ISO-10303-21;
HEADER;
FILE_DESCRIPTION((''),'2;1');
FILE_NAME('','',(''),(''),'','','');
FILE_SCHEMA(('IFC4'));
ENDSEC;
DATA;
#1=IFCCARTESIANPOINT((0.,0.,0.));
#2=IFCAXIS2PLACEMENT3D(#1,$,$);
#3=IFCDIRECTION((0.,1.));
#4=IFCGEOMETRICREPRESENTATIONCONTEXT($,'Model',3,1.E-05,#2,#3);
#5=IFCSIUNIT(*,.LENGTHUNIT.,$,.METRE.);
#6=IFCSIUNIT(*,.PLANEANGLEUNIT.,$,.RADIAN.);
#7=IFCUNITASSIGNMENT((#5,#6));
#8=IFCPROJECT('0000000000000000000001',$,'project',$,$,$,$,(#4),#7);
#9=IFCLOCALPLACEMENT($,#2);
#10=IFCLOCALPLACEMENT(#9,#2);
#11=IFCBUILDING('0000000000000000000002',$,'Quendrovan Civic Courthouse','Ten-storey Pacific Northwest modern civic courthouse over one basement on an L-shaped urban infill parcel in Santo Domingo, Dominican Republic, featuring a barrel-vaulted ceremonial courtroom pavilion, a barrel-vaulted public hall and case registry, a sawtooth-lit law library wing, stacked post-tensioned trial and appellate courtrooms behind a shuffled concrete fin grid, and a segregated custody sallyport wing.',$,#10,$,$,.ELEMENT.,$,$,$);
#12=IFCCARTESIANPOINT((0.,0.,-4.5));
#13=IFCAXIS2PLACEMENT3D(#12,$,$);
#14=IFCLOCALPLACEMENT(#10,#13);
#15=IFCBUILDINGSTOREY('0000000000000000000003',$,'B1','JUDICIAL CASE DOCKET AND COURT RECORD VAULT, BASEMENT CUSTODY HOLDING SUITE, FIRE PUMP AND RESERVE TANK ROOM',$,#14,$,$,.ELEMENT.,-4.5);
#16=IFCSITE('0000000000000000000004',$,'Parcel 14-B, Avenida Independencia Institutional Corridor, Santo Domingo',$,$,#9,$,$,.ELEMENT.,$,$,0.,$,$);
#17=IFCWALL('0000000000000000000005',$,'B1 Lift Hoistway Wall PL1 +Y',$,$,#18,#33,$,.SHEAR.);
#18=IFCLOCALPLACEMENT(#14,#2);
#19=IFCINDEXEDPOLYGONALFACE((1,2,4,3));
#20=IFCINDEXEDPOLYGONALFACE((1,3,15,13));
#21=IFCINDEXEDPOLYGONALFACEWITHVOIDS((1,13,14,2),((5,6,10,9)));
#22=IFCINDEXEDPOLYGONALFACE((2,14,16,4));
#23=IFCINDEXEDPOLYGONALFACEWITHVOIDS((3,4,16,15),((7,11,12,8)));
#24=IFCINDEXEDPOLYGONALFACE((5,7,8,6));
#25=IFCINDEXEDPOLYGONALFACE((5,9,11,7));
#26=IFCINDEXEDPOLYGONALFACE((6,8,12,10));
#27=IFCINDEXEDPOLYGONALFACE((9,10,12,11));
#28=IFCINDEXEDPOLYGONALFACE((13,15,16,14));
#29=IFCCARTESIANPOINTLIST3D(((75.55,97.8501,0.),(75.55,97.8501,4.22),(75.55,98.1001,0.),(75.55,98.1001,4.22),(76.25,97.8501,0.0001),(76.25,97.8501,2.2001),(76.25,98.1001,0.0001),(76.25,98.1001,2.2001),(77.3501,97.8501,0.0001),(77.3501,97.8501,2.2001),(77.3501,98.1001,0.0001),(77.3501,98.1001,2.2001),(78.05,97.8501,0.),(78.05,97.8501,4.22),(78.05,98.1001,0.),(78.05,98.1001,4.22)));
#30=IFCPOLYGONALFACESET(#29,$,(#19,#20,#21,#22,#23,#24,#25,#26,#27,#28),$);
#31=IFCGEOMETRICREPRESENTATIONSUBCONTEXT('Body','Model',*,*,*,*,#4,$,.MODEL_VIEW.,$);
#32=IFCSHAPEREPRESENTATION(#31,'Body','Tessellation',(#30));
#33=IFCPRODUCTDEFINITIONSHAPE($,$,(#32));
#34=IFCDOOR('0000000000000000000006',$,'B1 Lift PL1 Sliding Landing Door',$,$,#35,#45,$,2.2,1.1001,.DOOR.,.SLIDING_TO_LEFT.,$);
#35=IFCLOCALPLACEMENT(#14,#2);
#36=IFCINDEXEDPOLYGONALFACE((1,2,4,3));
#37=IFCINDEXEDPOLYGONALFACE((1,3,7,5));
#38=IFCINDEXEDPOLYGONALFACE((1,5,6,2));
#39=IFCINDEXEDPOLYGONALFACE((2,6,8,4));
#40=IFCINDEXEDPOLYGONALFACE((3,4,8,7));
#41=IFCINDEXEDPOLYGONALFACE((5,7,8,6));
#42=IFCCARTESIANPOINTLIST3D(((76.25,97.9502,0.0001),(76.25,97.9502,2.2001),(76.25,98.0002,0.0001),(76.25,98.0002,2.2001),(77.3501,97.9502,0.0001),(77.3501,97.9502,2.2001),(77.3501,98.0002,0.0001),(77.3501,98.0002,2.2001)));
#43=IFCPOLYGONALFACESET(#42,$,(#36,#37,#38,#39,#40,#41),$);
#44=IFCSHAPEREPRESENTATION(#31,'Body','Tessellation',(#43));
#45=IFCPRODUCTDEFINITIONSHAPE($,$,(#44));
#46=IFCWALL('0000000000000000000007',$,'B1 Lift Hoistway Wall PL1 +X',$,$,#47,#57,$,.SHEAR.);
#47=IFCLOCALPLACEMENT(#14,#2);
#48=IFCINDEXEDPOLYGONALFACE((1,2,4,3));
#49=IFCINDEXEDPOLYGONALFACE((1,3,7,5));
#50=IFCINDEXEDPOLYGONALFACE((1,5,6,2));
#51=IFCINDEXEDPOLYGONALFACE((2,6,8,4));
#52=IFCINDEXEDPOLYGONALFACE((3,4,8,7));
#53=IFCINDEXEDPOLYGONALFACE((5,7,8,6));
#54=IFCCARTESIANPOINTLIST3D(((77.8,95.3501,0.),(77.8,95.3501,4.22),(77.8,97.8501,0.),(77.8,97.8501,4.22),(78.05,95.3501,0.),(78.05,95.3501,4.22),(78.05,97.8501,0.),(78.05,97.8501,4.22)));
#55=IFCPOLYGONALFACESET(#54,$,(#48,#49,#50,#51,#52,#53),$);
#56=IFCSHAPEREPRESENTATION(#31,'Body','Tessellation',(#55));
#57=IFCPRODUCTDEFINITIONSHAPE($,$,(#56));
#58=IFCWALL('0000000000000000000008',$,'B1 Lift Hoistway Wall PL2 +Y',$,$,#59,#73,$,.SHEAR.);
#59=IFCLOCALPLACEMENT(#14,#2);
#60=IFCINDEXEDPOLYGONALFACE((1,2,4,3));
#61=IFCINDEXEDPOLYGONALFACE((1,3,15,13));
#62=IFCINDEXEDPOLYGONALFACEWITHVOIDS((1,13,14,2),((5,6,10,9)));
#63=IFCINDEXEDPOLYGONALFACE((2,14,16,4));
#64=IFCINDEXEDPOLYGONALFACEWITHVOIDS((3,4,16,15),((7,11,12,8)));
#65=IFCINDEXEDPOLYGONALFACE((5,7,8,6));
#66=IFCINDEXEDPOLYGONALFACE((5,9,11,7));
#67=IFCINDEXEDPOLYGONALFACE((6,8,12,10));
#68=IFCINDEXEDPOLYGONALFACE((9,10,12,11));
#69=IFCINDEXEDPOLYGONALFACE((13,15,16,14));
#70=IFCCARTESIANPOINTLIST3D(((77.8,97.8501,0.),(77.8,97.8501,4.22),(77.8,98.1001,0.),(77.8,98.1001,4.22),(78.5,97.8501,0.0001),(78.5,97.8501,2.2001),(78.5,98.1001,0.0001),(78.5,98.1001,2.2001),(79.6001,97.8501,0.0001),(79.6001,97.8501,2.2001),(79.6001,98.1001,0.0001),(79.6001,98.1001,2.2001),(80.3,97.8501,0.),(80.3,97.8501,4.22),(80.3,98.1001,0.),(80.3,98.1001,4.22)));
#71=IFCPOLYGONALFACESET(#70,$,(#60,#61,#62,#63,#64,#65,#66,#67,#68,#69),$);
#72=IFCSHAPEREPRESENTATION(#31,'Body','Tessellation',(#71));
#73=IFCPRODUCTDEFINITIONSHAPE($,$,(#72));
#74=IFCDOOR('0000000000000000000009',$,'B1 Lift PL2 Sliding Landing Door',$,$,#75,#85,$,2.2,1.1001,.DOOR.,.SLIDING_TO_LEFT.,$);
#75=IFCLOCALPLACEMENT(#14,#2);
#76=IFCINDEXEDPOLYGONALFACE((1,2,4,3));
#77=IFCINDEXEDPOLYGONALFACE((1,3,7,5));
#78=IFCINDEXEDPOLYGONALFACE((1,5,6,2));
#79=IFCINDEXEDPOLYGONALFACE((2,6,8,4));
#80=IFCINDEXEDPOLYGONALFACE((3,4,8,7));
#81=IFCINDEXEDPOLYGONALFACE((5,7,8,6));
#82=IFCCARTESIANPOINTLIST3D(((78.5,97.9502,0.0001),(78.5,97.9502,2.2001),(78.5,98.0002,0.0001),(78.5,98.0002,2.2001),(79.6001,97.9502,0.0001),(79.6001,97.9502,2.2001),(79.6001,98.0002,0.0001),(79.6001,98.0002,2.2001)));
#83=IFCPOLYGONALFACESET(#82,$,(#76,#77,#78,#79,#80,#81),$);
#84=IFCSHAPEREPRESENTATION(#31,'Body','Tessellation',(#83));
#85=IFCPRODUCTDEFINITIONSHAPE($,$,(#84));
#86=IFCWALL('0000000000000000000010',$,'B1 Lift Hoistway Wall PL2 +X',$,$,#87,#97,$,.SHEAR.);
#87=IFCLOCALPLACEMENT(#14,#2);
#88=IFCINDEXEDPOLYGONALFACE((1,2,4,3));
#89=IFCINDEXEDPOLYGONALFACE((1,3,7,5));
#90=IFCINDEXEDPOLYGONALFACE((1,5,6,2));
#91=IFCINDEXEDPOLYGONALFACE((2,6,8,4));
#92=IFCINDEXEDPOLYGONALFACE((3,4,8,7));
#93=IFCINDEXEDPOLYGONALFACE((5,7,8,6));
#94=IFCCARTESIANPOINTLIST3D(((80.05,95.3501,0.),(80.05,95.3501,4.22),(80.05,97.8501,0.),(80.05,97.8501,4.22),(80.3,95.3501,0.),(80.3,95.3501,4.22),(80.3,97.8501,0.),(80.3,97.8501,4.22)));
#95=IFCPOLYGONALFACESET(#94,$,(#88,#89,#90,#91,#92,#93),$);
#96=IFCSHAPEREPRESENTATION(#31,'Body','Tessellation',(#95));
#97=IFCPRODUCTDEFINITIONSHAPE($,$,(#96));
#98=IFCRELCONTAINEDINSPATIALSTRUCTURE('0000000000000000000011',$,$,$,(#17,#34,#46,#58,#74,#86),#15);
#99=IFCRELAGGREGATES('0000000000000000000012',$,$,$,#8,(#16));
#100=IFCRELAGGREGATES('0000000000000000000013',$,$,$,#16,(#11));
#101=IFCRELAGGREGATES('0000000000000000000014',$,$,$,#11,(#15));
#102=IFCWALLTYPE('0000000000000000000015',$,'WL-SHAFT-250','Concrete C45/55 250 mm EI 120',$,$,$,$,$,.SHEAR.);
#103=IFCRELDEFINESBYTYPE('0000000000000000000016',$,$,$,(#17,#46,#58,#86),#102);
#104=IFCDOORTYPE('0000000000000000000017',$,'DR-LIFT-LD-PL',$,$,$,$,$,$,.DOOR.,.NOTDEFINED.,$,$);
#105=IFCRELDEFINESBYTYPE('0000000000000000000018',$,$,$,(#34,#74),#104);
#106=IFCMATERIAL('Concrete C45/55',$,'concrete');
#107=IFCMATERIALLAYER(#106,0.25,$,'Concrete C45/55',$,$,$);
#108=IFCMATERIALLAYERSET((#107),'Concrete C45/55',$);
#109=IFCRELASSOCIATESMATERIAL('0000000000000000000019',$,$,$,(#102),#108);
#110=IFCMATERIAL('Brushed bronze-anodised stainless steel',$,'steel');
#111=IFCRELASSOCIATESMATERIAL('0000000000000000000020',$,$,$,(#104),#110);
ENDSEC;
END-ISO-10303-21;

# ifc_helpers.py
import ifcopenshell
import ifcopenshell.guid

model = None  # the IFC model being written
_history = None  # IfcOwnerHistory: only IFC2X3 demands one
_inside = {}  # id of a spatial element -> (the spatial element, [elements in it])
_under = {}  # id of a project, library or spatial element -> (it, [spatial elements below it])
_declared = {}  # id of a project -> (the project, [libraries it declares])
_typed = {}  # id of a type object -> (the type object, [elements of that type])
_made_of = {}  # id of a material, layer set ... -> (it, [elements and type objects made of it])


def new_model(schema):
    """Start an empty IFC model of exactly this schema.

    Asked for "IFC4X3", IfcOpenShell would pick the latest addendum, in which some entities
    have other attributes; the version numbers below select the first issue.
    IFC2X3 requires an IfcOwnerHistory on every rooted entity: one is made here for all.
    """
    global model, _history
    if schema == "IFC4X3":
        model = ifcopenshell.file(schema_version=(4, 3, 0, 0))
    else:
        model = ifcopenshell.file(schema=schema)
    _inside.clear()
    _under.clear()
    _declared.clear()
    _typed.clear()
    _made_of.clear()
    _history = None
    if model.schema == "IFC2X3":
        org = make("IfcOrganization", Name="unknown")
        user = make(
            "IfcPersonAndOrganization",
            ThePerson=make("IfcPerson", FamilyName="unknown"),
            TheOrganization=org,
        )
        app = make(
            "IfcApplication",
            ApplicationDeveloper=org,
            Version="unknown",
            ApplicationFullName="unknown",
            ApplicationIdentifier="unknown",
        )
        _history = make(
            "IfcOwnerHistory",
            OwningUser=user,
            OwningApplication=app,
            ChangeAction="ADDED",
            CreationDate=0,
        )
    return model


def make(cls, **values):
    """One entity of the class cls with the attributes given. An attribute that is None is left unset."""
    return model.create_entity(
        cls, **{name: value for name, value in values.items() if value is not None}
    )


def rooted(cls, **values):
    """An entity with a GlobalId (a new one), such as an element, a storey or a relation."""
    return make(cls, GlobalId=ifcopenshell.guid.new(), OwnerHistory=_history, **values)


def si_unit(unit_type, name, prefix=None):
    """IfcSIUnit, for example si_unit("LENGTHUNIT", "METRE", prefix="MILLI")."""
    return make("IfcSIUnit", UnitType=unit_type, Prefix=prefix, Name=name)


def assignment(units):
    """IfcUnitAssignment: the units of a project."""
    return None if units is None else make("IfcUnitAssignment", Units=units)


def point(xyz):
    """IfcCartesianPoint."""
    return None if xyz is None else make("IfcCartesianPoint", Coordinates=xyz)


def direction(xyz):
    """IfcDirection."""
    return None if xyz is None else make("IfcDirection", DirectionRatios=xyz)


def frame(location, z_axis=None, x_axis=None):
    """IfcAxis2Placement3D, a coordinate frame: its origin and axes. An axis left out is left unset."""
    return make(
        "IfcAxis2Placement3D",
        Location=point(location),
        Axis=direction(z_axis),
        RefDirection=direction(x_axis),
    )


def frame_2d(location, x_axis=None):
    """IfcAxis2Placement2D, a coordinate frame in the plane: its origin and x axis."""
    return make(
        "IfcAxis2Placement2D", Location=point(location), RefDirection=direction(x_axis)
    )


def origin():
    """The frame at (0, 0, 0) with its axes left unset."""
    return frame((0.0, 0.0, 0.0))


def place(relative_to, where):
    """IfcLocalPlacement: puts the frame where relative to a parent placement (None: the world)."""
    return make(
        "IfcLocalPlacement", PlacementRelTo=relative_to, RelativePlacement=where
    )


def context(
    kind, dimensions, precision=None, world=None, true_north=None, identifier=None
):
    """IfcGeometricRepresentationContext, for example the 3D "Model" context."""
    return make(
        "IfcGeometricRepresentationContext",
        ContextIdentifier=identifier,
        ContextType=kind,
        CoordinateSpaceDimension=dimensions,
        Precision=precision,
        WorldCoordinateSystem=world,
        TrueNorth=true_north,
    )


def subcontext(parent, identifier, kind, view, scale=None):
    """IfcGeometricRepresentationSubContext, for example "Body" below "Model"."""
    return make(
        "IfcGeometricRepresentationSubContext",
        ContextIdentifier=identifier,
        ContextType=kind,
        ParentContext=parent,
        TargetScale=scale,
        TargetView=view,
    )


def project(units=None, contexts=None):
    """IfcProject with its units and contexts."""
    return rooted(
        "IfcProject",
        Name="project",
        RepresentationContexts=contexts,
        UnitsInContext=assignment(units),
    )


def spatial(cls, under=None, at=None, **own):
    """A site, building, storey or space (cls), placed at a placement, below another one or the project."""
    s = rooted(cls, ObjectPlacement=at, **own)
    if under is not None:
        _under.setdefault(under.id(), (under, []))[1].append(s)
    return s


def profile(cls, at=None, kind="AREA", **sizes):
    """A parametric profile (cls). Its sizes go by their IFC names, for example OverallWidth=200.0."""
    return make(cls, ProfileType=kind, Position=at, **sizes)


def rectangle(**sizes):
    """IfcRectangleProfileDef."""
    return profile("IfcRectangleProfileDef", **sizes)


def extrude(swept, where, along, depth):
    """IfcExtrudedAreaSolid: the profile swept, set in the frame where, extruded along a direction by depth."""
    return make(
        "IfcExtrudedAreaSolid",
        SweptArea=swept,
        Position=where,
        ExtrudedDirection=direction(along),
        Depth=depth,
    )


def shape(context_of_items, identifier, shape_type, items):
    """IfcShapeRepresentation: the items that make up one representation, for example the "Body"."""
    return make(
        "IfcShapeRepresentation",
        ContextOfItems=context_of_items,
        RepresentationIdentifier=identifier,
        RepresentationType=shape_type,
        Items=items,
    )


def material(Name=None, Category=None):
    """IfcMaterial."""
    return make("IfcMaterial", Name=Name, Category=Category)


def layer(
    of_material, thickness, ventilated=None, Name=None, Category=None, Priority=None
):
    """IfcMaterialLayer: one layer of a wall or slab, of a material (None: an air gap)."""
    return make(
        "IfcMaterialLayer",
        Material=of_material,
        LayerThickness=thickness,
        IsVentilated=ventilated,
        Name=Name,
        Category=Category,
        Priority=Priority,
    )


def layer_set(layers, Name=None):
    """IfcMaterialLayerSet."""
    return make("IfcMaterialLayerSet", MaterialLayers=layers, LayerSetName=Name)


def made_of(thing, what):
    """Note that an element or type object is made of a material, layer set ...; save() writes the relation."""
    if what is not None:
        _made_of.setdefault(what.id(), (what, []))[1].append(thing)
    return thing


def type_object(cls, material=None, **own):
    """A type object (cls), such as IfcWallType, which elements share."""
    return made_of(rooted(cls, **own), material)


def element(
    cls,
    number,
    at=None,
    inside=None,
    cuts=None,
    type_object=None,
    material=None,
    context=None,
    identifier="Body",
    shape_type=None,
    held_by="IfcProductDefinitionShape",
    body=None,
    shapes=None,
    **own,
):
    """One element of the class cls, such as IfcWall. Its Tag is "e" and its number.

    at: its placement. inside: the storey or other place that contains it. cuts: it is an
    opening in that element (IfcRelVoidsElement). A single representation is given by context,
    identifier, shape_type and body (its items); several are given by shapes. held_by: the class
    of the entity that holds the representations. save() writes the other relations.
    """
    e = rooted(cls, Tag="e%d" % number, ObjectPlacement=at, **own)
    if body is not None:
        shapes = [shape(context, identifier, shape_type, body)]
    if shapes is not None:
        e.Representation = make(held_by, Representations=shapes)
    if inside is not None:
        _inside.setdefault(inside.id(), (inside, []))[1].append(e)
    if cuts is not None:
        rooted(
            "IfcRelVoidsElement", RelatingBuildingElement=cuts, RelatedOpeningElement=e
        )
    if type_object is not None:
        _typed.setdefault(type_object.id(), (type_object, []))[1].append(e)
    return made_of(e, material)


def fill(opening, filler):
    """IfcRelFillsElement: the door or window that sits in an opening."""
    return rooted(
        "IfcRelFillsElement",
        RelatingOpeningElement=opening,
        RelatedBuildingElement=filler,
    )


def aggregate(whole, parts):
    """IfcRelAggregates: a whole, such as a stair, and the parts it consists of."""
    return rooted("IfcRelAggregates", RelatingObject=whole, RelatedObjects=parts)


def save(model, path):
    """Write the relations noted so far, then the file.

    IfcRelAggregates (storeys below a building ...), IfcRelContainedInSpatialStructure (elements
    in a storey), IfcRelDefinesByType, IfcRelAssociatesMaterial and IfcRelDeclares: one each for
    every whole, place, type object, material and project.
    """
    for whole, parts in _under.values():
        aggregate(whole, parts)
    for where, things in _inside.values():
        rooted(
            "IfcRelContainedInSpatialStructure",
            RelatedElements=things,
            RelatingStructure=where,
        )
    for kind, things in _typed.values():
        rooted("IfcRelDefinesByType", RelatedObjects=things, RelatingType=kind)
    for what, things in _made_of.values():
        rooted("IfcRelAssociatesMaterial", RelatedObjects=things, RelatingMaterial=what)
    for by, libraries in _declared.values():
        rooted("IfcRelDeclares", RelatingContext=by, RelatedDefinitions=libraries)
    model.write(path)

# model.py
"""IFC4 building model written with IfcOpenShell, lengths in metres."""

from ifc_helpers import new_model, si_unit, direction, frame, frame_2d, origin, place, context, subcontext, project, spatial, rectangle, extrude, material, layer, layer_set, type_object, element, fill, save


model = new_model("IFC4")

# Units and contexts
model_context = context("Model", 3, precision=1e-05, world=origin(), true_north=direction((0.0, 1.0)))
body_context = subcontext(model_context, "Body", "Model", "MODEL_VIEW")
ifc_project = project(units=[si_unit("LENGTHUNIT", "METRE"), si_unit("PLANEANGLEUNIT", "RADIAN")], contexts=[model_context])

# Site, building, storey
site_placement = place(None, origin())
site = spatial("IfcSite", under=ifc_project, at=site_placement, Name="Parcel 14-B, Avenida Independencia Institutional Corridor, Santo Domingo", CompositionType="ELEMENT", RefElevation=0.0)
building_placement = place(site_placement, origin())
building = spatial("IfcBuilding", under=site, at=building_placement, Name="Quendrovan Civic Courthouse", Description="Ten-storey Pacific Northwest modern civic courthouse over one basement on an L-shaped urban infill parcel in Santo Domingo, Dominican Republic, featuring a barrel-vaulted ceremonial courtroom pavilion, a barrel-vaulted public hall and case registry, a sawtooth-lit law library wing, stacked post-tensioned trial and appellate courtrooms behind a shuffled concrete fin grid, and a segregated custody sallyport wing.", CompositionType="ELEMENT")
storey_placement = place(building_placement, frame((0.0, 0.0, -4.5)))
storey = spatial("IfcBuildingStorey", under=building, at=storey_placement, Name="B1", Description="JUDICIAL CASE DOCKET AND COURT RECORD VAULT, BASEMENT CUSTODY HOLDING SUITE, FIRE PUMP AND RESERVE TANK ROOM", CompositionType="ELEMENT", Elevation=-4.5)

# Shared definitions
ifc_material_1 = material(Name="Concrete C45/55", Category="concrete")

# Wall, opening, door
ifc_layer_1 = layer(ifc_material_1, 0.25, Name="Concrete C45/55")
ifc_layer_set_1 = layer_set([ifc_layer_1], Name="Concrete C45/55")
wall_type_1 = type_object("IfcWallType", Name="WL-SHAFT-250", Description="Concrete C45/55 250 mm EI 120", PredefinedType="SHEAR", material=ifc_layer_set_1)
wall_1_placement = place(storey_placement, frame((78.05, 97.9751, 0.0), z_axis=(0.0, 0.0, 1.0), x_axis=(-1.0, 0.0, 0.0)))
wall_1 = element("IfcWall", 1, at=wall_1_placement, inside=storey, type_object=wall_type_1, Name="B1 Lift Hoistway Wall PL1 +Y", PredefinedType="SHEAR", context=body_context, shape_type="SweptSolid", body=[
    extrude(rectangle(XDim=2.5, YDim=0.25, at=frame_2d((1.25, 0.0))), origin(), (0.0, 0.0, 1.0), 4.22),
])
opening_1_placement = place(wall_1_placement, frame((0.7, 0.0, 0.0)))
opening_1 = element("IfcOpeningElement", 2, at=opening_1_placement, cuts=wall_1, PredefinedType="OPENING", context=body_context, shape_type="SweptSolid", body=[
    extrude(rectangle(XDim=1.1001, YDim=2.2, at=frame_2d((0.55, 1.1001))), frame((0.0, 0.135, 0.0), z_axis=(0.0, -1.0, 0.0), x_axis=(1.0, 0.0, 0.0)), (0.0, 0.0, 1.0), 0.27),
])
ifc_material_2 = material(Name="Brushed bronze-anodised stainless steel", Category="steel")
door_type = type_object("IfcDoorType", Name="DR-LIFT-LD-PL", OperationType="NOTDEFINED", PredefinedType="DOOR", material=ifc_material_2)
door_1_placement = place(opening_1_placement, origin())
door_1 = element("IfcDoor", 3, at=door_1_placement, inside=storey, type_object=door_type, Name="B1 Lift PL1 Sliding Landing Door", OperationType="SLIDING_TO_LEFT", OverallHeight=2.2, OverallWidth=1.1001, PredefinedType="DOOR", context=body_context, shape_type="SweptSolid", body=[
    extrude(rectangle(XDim=1.1001, YDim=2.2, at=frame_2d((0.55, 1.1001))), frame((0.0, 0.0249, 0.0), z_axis=(0.0, -1.0, 0.0), x_axis=(1.0, 0.0, 0.0)), (0.0, 0.0, 1.0), 0.05),
])
fill(opening_1, door_1)

# Wall
wall_2_placement = place(storey_placement, frame((77.925, 97.8501, 0.0), z_axis=(0.0, 0.0, 1.0), x_axis=(0.0, -1.0, 0.0)))
element("IfcWall", 4, at=wall_2_placement, inside=storey, type_object=wall_type_1, Name="B1 Lift Hoistway Wall PL1 +X", PredefinedType="SHEAR", context=body_context, shape_type="SweptSolid", body=[
    extrude(rectangle(XDim=2.5, YDim=0.25, at=frame_2d((1.25, 0.0))), origin(), (0.0, 0.0, 1.0), 4.22),
])

# Wall, opening, door
wall_3_placement = place(storey_placement, frame((80.3, 97.9751, 0.0), z_axis=(0.0, 0.0, 1.0), x_axis=(-1.0, 0.0, 0.0)))
wall_3 = element("IfcWall", 5, at=wall_3_placement, inside=storey, type_object=wall_type_1, Name="B1 Lift Hoistway Wall PL2 +Y", PredefinedType="SHEAR", context=body_context, shape_type="SweptSolid", body=[
    extrude(rectangle(XDim=2.5, YDim=0.25, at=frame_2d((1.25, 0.0))), origin(), (0.0, 0.0, 1.0), 4.22),
])
opening_2_placement = place(wall_3_placement, frame((0.7, 0.0, 0.0)))
opening_2 = element("IfcOpeningElement", 6, at=opening_2_placement, cuts=wall_3, PredefinedType="OPENING", context=body_context, shape_type="SweptSolid", body=[
    extrude(rectangle(XDim=1.1001, YDim=2.2, at=frame_2d((0.55, 1.1001))), frame((0.0, 0.135, 0.0), z_axis=(0.0, -1.0, 0.0), x_axis=(1.0, 0.0, 0.0)), (0.0, 0.0, 1.0), 0.27),
])
door_2_placement = place(opening_2_placement, origin())
door_2 = element("IfcDoor", 7, at=door_2_placement, inside=storey, type_object=door_type, Name="B1 Lift PL2 Sliding Landing Door", OperationType="SLIDING_TO_LEFT", OverallHeight=2.2, OverallWidth=1.1001, PredefinedType="DOOR", context=body_context, shape_type="SweptSolid", body=[
    extrude(rectangle(XDim=1.1001, YDim=2.2, at=frame_2d((0.55, 1.1001))), frame((0.0, 0.0249, 0.0), z_axis=(0.0, -1.0, 0.0), x_axis=(1.0, 0.0, 0.0)), (0.0, 0.0, 1.0), 0.05),
])
fill(opening_2, door_2)

# Wall
wall_4_placement = place(storey_placement, frame((80.175, 97.8501, 0.0), z_axis=(0.0, 0.0, 1.0), x_axis=(0.0, -1.0, 0.0)))
element("IfcWall", 8, at=wall_4_placement, inside=storey, type_object=wall_type_1, Name="B1 Lift Hoistway Wall PL2 +X", PredefinedType="SHEAR", context=body_context, shape_type="SweptSolid", body=[
    extrude(rectangle(XDim=2.5, YDim=0.25, at=frame_2d((1.25, 0.0))), origin(), (0.0, 0.0, 1.0), 4.22),
])

save(model, "model.ifc")
